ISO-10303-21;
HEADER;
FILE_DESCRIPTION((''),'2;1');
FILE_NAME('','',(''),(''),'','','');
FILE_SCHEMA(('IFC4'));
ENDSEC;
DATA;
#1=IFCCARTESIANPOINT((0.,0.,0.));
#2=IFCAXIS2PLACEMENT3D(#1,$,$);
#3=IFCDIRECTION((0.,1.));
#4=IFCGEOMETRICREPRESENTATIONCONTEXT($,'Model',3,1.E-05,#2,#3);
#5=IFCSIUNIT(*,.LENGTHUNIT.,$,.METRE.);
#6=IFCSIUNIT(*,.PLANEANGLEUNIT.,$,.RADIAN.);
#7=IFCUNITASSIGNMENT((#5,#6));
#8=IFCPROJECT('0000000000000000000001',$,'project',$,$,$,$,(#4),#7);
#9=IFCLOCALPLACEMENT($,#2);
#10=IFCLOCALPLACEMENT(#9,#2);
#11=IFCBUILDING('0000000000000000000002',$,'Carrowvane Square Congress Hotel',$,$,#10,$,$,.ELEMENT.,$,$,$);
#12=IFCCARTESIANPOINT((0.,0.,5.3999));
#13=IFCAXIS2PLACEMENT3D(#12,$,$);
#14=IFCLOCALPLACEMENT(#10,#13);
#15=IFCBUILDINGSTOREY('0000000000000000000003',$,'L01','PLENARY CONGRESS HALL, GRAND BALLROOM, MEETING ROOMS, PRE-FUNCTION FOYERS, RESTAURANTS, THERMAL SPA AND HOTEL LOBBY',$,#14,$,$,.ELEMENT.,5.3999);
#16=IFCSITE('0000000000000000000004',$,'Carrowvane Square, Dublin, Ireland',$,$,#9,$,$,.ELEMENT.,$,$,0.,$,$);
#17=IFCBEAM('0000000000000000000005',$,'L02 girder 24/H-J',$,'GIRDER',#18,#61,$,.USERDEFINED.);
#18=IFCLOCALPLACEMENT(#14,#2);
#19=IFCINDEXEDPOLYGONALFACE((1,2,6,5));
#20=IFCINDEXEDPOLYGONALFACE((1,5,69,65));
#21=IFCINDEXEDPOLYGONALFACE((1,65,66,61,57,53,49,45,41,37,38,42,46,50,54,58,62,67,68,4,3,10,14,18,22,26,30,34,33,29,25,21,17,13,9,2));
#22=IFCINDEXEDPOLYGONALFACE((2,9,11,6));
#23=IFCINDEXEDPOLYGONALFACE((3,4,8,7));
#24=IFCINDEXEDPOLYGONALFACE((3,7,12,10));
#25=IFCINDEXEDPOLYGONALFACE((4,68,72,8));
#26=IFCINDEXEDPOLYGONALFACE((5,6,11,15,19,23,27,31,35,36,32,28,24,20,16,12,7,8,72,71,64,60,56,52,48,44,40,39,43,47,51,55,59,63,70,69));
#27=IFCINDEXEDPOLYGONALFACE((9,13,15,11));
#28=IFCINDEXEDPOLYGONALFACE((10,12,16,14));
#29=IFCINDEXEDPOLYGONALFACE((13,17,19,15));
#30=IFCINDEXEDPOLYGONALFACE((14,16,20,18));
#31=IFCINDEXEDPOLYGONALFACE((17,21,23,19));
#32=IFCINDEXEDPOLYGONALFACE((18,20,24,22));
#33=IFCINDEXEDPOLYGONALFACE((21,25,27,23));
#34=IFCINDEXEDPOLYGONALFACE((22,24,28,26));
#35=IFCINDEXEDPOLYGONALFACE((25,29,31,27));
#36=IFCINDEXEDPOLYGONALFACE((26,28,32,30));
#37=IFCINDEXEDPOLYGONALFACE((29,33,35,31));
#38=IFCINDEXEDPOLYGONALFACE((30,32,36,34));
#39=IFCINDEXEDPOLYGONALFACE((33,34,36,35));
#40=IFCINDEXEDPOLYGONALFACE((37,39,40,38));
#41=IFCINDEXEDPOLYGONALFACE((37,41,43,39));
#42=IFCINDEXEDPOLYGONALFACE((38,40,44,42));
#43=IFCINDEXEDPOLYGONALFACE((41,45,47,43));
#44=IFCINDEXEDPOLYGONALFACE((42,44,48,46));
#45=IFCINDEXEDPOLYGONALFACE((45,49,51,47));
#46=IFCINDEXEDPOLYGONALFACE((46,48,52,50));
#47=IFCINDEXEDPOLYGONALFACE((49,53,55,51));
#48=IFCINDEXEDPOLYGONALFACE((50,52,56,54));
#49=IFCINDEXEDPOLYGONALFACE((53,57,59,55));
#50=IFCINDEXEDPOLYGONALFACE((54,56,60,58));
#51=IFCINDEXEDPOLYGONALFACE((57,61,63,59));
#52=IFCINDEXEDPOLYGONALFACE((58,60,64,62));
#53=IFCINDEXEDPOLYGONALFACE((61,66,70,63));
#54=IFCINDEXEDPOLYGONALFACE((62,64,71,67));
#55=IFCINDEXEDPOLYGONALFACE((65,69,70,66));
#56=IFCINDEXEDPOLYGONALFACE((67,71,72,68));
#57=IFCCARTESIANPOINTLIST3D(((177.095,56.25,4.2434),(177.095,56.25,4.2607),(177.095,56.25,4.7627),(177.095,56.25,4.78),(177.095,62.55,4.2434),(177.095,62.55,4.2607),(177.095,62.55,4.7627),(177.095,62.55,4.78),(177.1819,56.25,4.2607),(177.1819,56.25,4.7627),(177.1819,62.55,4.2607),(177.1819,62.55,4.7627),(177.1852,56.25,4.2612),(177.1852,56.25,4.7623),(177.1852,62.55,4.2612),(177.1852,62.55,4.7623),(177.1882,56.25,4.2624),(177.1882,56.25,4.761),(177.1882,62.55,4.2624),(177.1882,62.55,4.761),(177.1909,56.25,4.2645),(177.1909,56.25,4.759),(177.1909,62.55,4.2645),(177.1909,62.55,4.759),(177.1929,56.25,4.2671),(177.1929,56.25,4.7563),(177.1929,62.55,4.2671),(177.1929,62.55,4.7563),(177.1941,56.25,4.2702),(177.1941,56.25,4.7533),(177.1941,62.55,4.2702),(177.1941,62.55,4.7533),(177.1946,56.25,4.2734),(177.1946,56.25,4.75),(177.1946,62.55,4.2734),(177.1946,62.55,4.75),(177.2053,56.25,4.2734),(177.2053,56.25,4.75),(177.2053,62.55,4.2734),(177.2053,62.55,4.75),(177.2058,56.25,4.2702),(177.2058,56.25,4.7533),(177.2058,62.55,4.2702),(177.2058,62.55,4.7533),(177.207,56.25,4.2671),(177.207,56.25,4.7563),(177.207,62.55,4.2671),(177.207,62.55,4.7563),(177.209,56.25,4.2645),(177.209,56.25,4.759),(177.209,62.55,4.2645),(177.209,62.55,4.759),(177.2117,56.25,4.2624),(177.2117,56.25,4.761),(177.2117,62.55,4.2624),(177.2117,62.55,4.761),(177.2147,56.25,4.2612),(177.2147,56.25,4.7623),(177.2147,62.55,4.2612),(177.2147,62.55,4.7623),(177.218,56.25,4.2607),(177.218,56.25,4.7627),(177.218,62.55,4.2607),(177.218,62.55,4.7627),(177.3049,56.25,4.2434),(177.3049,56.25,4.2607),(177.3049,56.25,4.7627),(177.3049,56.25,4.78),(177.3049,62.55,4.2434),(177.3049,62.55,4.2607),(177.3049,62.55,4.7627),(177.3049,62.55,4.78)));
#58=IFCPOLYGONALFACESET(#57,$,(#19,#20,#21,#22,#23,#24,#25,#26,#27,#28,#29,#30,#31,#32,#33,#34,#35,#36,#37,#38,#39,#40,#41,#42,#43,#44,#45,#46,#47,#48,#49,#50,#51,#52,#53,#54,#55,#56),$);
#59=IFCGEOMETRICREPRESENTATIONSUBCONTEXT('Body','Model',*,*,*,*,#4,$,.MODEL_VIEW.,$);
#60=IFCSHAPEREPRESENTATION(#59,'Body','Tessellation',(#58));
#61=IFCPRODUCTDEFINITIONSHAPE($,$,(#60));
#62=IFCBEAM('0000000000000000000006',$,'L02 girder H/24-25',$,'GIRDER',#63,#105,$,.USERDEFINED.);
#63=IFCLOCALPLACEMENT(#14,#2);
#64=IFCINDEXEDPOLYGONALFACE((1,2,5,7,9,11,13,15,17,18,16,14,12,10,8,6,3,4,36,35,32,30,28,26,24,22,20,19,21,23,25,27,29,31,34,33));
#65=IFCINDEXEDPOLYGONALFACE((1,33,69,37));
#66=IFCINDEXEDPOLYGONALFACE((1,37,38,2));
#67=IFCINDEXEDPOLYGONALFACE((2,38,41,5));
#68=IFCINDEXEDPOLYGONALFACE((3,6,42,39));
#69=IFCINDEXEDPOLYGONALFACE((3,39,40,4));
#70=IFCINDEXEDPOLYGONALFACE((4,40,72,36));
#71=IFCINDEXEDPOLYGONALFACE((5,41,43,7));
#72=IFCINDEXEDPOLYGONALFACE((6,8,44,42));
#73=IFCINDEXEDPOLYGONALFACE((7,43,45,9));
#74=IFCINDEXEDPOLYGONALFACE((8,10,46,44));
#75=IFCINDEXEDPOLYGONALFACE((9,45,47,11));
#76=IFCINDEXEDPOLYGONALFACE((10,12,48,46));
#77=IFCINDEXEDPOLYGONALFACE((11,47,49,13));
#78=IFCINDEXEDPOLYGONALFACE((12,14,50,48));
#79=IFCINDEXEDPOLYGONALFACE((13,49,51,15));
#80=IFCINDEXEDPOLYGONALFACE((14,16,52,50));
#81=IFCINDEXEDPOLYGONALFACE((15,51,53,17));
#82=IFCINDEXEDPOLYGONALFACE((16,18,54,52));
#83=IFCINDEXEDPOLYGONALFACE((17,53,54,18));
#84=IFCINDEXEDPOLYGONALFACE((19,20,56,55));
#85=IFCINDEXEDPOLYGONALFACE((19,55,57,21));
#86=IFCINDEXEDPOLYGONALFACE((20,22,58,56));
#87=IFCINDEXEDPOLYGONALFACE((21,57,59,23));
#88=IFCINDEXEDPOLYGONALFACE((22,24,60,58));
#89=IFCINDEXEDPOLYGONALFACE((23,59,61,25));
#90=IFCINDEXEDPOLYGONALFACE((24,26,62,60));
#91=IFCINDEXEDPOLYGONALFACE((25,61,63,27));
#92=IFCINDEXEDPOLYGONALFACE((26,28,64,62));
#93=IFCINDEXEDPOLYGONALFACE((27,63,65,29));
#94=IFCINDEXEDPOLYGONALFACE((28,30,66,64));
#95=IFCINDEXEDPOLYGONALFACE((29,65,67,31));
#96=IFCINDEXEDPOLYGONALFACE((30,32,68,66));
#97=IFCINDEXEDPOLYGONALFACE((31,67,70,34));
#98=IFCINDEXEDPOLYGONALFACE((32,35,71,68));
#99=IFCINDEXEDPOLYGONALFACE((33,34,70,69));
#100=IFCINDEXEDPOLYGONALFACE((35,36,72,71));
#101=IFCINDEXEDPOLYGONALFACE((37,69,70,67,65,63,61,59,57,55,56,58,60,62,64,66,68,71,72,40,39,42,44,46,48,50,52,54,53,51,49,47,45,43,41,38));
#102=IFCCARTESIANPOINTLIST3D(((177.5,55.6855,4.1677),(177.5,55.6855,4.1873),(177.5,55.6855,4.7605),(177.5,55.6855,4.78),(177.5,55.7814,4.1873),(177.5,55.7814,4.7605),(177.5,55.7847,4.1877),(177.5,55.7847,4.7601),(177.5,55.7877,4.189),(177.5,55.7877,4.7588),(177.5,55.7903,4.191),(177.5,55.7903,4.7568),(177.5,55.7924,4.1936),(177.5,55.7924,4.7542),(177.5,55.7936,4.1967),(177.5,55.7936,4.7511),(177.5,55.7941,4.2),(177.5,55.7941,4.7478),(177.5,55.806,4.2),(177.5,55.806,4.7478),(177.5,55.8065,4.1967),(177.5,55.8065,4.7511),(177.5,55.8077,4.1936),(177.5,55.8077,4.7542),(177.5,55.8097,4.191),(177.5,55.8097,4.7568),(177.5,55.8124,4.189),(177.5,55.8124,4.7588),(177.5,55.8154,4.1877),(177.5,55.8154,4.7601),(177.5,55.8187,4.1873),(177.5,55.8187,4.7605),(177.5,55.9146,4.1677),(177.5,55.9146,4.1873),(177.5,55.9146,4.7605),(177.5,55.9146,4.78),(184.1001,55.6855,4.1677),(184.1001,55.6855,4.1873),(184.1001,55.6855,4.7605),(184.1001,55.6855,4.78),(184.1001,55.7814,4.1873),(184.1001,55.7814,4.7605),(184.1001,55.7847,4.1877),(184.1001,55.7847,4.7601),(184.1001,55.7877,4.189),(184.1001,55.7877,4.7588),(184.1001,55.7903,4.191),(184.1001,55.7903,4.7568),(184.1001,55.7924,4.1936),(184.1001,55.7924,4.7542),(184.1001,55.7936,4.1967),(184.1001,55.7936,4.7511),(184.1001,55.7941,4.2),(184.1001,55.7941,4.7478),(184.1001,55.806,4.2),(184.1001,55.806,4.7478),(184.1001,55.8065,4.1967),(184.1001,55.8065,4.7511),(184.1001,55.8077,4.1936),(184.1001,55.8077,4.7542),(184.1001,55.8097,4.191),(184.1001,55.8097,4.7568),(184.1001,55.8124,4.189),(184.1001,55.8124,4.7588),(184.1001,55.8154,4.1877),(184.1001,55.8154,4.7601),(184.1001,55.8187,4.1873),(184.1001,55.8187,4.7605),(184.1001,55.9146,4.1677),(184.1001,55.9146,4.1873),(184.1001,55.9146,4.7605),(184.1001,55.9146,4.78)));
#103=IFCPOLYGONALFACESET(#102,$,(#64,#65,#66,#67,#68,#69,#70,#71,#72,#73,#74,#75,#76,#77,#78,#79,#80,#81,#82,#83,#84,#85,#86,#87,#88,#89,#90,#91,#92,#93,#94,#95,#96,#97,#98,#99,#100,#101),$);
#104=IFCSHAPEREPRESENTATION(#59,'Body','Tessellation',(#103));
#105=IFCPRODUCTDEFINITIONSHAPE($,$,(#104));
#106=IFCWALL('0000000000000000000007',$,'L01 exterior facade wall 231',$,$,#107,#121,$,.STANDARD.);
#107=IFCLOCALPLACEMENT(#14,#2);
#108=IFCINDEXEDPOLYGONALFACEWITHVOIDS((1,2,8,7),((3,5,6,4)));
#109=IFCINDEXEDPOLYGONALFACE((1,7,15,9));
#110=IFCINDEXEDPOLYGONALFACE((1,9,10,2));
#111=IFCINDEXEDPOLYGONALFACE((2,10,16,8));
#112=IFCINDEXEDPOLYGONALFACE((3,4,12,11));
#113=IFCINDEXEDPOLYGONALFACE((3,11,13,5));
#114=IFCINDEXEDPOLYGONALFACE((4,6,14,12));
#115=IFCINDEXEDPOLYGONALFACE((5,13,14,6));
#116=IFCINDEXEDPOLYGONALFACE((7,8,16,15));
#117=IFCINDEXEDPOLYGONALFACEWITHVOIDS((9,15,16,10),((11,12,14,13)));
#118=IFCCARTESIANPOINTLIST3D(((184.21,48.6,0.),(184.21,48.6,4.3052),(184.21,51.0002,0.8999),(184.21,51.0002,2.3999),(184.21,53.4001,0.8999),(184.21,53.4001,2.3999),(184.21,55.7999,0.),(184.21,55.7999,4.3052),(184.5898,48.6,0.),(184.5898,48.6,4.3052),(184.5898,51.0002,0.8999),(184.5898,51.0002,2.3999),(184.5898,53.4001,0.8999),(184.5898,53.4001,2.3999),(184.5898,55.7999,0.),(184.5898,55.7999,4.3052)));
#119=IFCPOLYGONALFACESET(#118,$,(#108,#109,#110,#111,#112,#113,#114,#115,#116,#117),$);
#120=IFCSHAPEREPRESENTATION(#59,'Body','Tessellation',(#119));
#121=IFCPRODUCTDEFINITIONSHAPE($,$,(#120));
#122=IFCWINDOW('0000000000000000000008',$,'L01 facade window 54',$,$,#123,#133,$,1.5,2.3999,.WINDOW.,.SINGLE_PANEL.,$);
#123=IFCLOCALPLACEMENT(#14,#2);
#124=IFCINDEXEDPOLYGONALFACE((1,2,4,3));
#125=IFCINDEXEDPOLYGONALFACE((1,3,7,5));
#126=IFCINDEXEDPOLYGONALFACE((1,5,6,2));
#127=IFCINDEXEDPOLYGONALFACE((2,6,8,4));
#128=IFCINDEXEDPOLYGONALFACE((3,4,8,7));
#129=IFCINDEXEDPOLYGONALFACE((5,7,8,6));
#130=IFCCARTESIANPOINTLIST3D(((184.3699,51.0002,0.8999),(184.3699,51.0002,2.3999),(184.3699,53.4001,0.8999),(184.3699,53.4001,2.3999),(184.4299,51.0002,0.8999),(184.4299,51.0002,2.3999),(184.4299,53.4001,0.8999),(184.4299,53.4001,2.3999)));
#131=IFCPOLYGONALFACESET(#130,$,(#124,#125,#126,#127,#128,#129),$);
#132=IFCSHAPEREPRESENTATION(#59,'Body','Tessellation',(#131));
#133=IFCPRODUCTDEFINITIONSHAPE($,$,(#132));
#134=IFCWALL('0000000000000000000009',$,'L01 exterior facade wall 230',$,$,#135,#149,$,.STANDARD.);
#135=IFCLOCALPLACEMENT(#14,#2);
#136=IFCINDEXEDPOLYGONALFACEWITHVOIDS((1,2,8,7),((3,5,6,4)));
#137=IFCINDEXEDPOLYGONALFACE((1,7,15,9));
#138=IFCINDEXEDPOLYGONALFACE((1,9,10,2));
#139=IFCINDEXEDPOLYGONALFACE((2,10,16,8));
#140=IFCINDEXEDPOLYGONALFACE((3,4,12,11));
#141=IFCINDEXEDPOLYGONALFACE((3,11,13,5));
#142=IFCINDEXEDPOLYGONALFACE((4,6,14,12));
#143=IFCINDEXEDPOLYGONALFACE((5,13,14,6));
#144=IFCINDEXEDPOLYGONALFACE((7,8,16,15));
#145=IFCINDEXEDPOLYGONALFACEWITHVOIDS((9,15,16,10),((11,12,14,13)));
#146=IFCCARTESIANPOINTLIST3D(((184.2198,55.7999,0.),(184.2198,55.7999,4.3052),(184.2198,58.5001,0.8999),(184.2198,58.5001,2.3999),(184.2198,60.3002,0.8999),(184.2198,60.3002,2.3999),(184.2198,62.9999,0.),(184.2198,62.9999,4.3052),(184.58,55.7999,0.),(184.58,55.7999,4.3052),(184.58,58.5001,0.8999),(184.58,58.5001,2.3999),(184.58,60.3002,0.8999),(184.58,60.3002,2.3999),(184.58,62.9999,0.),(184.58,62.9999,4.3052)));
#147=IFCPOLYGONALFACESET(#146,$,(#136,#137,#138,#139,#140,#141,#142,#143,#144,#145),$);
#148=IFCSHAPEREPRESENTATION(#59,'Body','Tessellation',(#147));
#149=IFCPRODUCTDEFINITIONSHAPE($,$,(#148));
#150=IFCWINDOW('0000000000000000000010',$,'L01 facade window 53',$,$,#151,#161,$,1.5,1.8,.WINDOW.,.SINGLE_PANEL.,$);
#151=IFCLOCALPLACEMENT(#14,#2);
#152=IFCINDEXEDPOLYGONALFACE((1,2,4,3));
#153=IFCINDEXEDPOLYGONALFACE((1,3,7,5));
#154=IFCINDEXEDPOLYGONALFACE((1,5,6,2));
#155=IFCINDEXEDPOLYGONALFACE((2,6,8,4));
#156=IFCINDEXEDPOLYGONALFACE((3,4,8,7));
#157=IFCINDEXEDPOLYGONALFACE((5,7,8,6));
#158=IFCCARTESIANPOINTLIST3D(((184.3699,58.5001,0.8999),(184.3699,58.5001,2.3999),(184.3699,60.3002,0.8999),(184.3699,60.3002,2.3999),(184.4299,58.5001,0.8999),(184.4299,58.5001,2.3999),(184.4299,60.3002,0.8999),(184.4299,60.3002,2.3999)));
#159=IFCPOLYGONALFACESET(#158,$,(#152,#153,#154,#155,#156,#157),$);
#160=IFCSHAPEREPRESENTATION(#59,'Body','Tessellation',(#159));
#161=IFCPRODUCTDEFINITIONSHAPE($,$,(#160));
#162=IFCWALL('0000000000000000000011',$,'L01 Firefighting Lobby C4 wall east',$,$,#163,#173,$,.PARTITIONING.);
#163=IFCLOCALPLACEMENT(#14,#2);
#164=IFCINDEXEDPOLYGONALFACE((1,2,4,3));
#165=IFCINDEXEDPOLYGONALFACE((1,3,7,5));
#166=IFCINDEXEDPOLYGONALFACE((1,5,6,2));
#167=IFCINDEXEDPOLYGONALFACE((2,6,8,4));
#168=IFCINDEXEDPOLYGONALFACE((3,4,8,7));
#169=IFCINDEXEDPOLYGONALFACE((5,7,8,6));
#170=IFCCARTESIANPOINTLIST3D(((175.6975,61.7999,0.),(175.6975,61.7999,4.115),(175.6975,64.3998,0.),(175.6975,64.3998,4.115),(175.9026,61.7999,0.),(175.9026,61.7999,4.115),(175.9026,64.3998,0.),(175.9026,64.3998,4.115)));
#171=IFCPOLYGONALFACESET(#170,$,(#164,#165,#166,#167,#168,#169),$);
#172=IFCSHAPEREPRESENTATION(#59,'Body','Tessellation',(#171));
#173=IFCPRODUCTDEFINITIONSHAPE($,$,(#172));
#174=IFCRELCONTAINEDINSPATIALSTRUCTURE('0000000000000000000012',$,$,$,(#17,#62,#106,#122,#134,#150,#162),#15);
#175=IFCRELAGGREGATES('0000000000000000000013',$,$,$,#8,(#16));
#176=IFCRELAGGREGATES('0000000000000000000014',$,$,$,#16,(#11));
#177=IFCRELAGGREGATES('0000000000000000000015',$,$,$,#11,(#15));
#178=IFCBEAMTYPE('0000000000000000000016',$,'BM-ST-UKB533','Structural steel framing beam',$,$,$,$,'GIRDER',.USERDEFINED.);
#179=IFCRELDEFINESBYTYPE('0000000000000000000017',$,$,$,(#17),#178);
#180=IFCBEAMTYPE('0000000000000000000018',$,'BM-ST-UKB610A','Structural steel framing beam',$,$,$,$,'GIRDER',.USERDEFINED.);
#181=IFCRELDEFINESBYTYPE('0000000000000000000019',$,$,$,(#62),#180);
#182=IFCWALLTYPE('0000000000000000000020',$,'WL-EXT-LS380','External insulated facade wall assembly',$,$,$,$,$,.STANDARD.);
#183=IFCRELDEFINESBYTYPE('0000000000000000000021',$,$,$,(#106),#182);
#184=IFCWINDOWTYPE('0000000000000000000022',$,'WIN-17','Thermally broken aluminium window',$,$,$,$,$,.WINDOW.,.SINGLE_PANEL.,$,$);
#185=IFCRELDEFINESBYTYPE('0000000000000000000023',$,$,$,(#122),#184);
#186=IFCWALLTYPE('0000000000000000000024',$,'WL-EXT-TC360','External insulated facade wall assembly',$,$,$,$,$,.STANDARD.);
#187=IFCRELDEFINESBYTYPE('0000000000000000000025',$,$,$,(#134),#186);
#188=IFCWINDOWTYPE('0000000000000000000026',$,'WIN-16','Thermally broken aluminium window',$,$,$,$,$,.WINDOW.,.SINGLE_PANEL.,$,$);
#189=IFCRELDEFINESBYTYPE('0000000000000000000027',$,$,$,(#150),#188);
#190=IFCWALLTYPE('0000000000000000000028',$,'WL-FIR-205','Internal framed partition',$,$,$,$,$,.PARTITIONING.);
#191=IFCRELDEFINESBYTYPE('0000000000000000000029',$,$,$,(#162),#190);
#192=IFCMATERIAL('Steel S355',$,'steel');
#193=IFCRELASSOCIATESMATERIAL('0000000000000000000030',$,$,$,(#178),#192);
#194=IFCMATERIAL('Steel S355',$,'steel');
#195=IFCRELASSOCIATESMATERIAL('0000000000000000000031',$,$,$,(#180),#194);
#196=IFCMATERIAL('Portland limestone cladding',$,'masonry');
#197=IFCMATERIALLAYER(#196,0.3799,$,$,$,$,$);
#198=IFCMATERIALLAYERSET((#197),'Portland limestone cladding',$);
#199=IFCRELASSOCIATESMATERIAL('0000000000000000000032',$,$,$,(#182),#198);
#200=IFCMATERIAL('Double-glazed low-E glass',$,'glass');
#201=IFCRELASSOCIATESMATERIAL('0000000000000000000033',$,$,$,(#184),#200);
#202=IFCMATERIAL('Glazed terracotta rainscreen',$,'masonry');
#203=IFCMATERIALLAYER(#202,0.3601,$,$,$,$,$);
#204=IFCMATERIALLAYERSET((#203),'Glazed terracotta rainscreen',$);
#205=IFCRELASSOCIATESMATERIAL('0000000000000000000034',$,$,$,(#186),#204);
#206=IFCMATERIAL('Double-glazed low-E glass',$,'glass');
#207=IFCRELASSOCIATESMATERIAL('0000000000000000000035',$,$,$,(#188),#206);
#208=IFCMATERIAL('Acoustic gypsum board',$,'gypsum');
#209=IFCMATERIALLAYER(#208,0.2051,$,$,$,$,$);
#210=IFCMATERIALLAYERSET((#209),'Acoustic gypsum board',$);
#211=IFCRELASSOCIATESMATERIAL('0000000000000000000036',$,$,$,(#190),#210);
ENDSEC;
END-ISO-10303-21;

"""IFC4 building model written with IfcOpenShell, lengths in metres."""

from ifc_helpers import new_model, si_unit, direction, frame, frame_2d, origin, origin_2d, place, context, subcontext, project, spatial, rectangle, i_section, extrude, material, layer, layer_set, material_profile, profile_set, type_object, element, fill, save


model = new_model("IFC4")

# Units and contexts
model_context = context("Model", 3, precision=1e-05, world=origin(), true_north=direction((0.0, 1.0)))
body_context = subcontext(model_context, "Body", "Model", "MODEL_VIEW")
ifc_project = project(units=[si_unit("LENGTHUNIT", "METRE"), si_unit("PLANEANGLEUNIT", "RADIAN")], contexts=[model_context])

# Site, building, storey
site_placement = place(None, origin())
site = spatial("IfcSite", under=ifc_project, at=site_placement, Name="Carrowvane Square, Dublin, Ireland", CompositionType="ELEMENT", RefElevation=0.0)
building_placement = place(site_placement, origin())
building = spatial("IfcBuilding", under=site, at=building_placement, Name="Carrowvane Square Congress Hotel", CompositionType="ELEMENT")
storey_placement = place(building_placement, frame((0.0, 0.0, 5.3999)))
storey = spatial("IfcBuildingStorey", under=building, at=storey_placement, Name="L01", Description="PLENARY CONGRESS HALL, GRAND BALLROOM, MEETING ROOMS, PRE-FUNCTION FOYERS, RESTAURANTS, THERMAL SPA AND HOTEL LOBBY", CompositionType="ELEMENT", Elevation=5.3999)

# Beams
ifc_material_1 = material(Name="Steel S355", Category="steel")
ifc_material_profile_1 = material_profile(ifc_material_1, i_section(OverallWidth=0.21, OverallDepth=0.5366, WebThickness=0.0107, FlangeThickness=0.0173, FilletRadius=0.0127, at=origin_2d()), Name="UKB 533x210x101")
ifc_profile_set_1 = profile_set([ifc_material_profile_1], Name="Steel S355")
beam_type_1 = type_object("IfcBeamType", Name="BM-ST-UKB533", Description="Structural steel framing beam", ElementType="GIRDER", PredefinedType="USERDEFINED", material=ifc_profile_set_1)
beam_1_placement = place(storey_placement, frame((177.2, 56.25, 4.5117), z_axis=(0.0, 1.0, 0.0), x_axis=(-1.0, 0.0, 0.0)))
element("IfcBeam", 1, at=beam_1_placement, inside=storey, type_object=beam_type_1, Name="L02 girder 24/H-J", ObjectType="GIRDER", PredefinedType="USERDEFINED", context=body_context, shape_type="SweptSolid", body=[
    extrude(i_section(OverallWidth=0.21, OverallDepth=0.5366, WebThickness=0.0107, FlangeThickness=0.0173, FilletRadius=0.0127, at=origin_2d()), origin(), (0.0, 0.0, 1.0), 6.3),
])
ifc_material_2 = material(Name="Steel S355", Category="steel")
ifc_material_profile_2 = material_profile(ifc_material_2, i_section(OverallWidth=0.229, OverallDepth=0.6123, WebThickness=0.012, FlangeThickness=0.0195, FilletRadius=0.0127, at=origin_2d()), Name="UKB 610x229x125")
ifc_profile_set_2 = profile_set([ifc_material_profile_2], Name="Steel S355")
beam_type_2 = type_object("IfcBeamType", Name="BM-ST-UKB610A", Description="Structural steel framing beam", ElementType="GIRDER", PredefinedType="USERDEFINED", material=ifc_profile_set_2)
beam_2_placement = place(storey_placement, frame((177.5, 55.8, 4.4739), z_axis=(1.0, 0.0, 0.0), x_axis=(0.0, 1.0, 0.0)))
element("IfcBeam", 2, at=beam_2_placement, inside=storey, type_object=beam_type_2, Name="L02 girder H/24-25", ObjectType="GIRDER", PredefinedType="USERDEFINED", context=body_context, shape_type="SweptSolid", body=[
    extrude(i_section(OverallWidth=0.229, OverallDepth=0.6123, WebThickness=0.012, FlangeThickness=0.0195, FilletRadius=0.0127, at=origin_2d()), origin(), (0.0, 0.0, 1.0), 6.6001),
])

# Walls, openings, windows
ifc_material_3 = material(Name="Portland limestone cladding", Category="masonry")
ifc_layer_1 = layer(ifc_material_3, 0.3799)
ifc_layer_set_1 = layer_set([ifc_layer_1], Name="Portland limestone cladding")
wall_type_1 = type_object("IfcWallType", Name="WL-EXT-LS380", Description="External insulated facade wall assembly", PredefinedType="STANDARD", material=ifc_layer_set_1)
wall_1_placement = place(storey_placement, frame((184.3999, 55.8, 0.0), z_axis=(0.0, 0.0, 1.0), x_axis=(0.0, -1.0, 0.0)))
wall_1 = element("IfcWall", 3, at=wall_1_placement, inside=storey, type_object=wall_type_1, Name="L01 exterior facade wall 231", PredefinedType="STANDARD", context=body_context, shape_type="SweptSolid", body=[
    extrude(rectangle(XDim=7.2, YDim=0.3799, at=frame_2d((3.6001, 0.0))), origin(), (0.0, 0.0, 1.0), 4.3052),
])
opening_1_placement = place(wall_1_placement, frame((2.3999, 0.0, 0.8999)))
opening_1 = element("IfcOpeningElement", 4, at=opening_1_placement, cuts=wall_1, PredefinedType="OPENING", context=body_context, shape_type="SweptSolid", body=[
    extrude(rectangle(XDim=2.3999, YDim=1.5, at=frame_2d((1.2, 0.75))), frame((0.0, 0.2, 0.0), z_axis=(0.0, -1.0, 0.0), x_axis=(1.0, 0.0, 0.0)), (0.0, 0.0, 1.0), 0.3999),
])
ifc_material_4 = material(Name="Double-glazed low-E glass", Category="glass")
window_type_1 = type_object("IfcWindowType", Name="WIN-17", Description="Thermally broken aluminium window", PartitioningType="SINGLE_PANEL", PredefinedType="WINDOW", material=ifc_material_4)
window_1_placement = place(opening_1_placement, origin())
window_1 = element("IfcWindow", 5, at=window_1_placement, inside=storey, type_object=window_type_1, Name="L01 facade window 54", OverallHeight=1.5, OverallWidth=2.3999, PartitioningType="SINGLE_PANEL", PredefinedType="WINDOW", context=body_context, shape_type="SweptSolid", body=[
    extrude(rectangle(XDim=2.3999, YDim=1.5, at=frame_2d((1.2, 0.75))), frame((0.0, 0.03, 0.0), z_axis=(0.0, -1.0, 0.0), x_axis=(1.0, 0.0, 0.0)), (0.0, 0.0, 1.0), 0.0601),
])
fill(opening_1, window_1)
ifc_material_5 = material(Name="Glazed terracotta rainscreen", Category="masonry")
ifc_layer_2 = layer(ifc_material_5, 0.3601)
ifc_layer_set_2 = layer_set([ifc_layer_2], Name="Glazed terracotta rainscreen")
wall_type_2 = type_object("IfcWallType", Name="WL-EXT-TC360", Description="External insulated facade wall assembly", PredefinedType="STANDARD", material=ifc_layer_set_2)
wall_2_placement = place(storey_placement, frame((184.3999, 63.0, 0.0), z_axis=(0.0, 0.0, 1.0), x_axis=(0.0, -1.0, 0.0)))
wall_2 = element("IfcWall", 6, at=wall_2_placement, inside=storey, type_object=wall_type_2, Name="L01 exterior facade wall 230", PredefinedType="STANDARD", context=body_context, shape_type="SweptSolid", body=[
    extrude(rectangle(XDim=7.2, YDim=0.3601, at=frame_2d((3.6001, 0.0))), origin(), (0.0, 0.0, 1.0), 4.3052),
])
opening_2_placement = place(wall_2_placement, frame((2.7, 0.0, 0.8999)))
opening_2 = element("IfcOpeningElement", 7, at=opening_2_placement, cuts=wall_2, PredefinedType="OPENING", context=body_context, shape_type="SweptSolid", body=[
    extrude(rectangle(XDim=1.8, YDim=1.5, at=frame_2d((0.8999, 0.75))), frame((0.0, 0.1899, 0.0), z_axis=(0.0, -1.0, 0.0), x_axis=(1.0, 0.0, 0.0)), (0.0, 0.0, 1.0), 0.3801),
])
ifc_material_6 = material(Name="Double-glazed low-E glass", Category="glass")
window_type_2 = type_object("IfcWindowType", Name="WIN-16", Description="Thermally broken aluminium window", PartitioningType="SINGLE_PANEL", PredefinedType="WINDOW", material=ifc_material_6)
window_2_placement = place(opening_2_placement, origin())
window_2 = element("IfcWindow", 8, at=window_2_placement, inside=storey, type_object=window_type_2, Name="L01 facade window 53", OverallHeight=1.5, OverallWidth=1.8, PartitioningType="SINGLE_PANEL", PredefinedType="WINDOW", context=body_context, shape_type="SweptSolid", body=[
    extrude(rectangle(XDim=1.8, YDim=1.5, at=frame_2d((0.8999, 0.75))), frame((0.0, 0.03, 0.0), z_axis=(0.0, -1.0, 0.0), x_axis=(1.0, 0.0, 0.0)), (0.0, 0.0, 1.0), 0.0601),
])
fill(opening_2, window_2)

# Wall
ifc_material_7 = material(Name="Acoustic gypsum board", Category="gypsum")
ifc_layer_3 = layer(ifc_material_7, 0.2051)
ifc_layer_set_3 = layer_set([ifc_layer_3], Name="Acoustic gypsum board")
wall_type_3 = type_object("IfcWallType", Name="WL-FIR-205", Description="Internal framed partition", PredefinedType="PARTITIONING", material=ifc_layer_set_3)
wall_3_placement = place(storey_placement, frame((175.8, 61.8, 0.0), z_axis=(0.0, 0.0, 1.0), x_axis=(0.0, 1.0, 0.0)))
element("IfcWall", 9, at=wall_3_placement, inside=storey, type_object=wall_type_3, Name="L01 Firefighting Lobby C4 wall east", PredefinedType="PARTITIONING", context=body_context, shape_type="SweptSolid", body=[
    extrude(rectangle(XDim=2.5999, YDim=0.2051, at=frame_2d((1.2998, 0.0))), origin(), (0.0, 0.0, 1.0), 4.115),
])

save(model, "model.ifc")
